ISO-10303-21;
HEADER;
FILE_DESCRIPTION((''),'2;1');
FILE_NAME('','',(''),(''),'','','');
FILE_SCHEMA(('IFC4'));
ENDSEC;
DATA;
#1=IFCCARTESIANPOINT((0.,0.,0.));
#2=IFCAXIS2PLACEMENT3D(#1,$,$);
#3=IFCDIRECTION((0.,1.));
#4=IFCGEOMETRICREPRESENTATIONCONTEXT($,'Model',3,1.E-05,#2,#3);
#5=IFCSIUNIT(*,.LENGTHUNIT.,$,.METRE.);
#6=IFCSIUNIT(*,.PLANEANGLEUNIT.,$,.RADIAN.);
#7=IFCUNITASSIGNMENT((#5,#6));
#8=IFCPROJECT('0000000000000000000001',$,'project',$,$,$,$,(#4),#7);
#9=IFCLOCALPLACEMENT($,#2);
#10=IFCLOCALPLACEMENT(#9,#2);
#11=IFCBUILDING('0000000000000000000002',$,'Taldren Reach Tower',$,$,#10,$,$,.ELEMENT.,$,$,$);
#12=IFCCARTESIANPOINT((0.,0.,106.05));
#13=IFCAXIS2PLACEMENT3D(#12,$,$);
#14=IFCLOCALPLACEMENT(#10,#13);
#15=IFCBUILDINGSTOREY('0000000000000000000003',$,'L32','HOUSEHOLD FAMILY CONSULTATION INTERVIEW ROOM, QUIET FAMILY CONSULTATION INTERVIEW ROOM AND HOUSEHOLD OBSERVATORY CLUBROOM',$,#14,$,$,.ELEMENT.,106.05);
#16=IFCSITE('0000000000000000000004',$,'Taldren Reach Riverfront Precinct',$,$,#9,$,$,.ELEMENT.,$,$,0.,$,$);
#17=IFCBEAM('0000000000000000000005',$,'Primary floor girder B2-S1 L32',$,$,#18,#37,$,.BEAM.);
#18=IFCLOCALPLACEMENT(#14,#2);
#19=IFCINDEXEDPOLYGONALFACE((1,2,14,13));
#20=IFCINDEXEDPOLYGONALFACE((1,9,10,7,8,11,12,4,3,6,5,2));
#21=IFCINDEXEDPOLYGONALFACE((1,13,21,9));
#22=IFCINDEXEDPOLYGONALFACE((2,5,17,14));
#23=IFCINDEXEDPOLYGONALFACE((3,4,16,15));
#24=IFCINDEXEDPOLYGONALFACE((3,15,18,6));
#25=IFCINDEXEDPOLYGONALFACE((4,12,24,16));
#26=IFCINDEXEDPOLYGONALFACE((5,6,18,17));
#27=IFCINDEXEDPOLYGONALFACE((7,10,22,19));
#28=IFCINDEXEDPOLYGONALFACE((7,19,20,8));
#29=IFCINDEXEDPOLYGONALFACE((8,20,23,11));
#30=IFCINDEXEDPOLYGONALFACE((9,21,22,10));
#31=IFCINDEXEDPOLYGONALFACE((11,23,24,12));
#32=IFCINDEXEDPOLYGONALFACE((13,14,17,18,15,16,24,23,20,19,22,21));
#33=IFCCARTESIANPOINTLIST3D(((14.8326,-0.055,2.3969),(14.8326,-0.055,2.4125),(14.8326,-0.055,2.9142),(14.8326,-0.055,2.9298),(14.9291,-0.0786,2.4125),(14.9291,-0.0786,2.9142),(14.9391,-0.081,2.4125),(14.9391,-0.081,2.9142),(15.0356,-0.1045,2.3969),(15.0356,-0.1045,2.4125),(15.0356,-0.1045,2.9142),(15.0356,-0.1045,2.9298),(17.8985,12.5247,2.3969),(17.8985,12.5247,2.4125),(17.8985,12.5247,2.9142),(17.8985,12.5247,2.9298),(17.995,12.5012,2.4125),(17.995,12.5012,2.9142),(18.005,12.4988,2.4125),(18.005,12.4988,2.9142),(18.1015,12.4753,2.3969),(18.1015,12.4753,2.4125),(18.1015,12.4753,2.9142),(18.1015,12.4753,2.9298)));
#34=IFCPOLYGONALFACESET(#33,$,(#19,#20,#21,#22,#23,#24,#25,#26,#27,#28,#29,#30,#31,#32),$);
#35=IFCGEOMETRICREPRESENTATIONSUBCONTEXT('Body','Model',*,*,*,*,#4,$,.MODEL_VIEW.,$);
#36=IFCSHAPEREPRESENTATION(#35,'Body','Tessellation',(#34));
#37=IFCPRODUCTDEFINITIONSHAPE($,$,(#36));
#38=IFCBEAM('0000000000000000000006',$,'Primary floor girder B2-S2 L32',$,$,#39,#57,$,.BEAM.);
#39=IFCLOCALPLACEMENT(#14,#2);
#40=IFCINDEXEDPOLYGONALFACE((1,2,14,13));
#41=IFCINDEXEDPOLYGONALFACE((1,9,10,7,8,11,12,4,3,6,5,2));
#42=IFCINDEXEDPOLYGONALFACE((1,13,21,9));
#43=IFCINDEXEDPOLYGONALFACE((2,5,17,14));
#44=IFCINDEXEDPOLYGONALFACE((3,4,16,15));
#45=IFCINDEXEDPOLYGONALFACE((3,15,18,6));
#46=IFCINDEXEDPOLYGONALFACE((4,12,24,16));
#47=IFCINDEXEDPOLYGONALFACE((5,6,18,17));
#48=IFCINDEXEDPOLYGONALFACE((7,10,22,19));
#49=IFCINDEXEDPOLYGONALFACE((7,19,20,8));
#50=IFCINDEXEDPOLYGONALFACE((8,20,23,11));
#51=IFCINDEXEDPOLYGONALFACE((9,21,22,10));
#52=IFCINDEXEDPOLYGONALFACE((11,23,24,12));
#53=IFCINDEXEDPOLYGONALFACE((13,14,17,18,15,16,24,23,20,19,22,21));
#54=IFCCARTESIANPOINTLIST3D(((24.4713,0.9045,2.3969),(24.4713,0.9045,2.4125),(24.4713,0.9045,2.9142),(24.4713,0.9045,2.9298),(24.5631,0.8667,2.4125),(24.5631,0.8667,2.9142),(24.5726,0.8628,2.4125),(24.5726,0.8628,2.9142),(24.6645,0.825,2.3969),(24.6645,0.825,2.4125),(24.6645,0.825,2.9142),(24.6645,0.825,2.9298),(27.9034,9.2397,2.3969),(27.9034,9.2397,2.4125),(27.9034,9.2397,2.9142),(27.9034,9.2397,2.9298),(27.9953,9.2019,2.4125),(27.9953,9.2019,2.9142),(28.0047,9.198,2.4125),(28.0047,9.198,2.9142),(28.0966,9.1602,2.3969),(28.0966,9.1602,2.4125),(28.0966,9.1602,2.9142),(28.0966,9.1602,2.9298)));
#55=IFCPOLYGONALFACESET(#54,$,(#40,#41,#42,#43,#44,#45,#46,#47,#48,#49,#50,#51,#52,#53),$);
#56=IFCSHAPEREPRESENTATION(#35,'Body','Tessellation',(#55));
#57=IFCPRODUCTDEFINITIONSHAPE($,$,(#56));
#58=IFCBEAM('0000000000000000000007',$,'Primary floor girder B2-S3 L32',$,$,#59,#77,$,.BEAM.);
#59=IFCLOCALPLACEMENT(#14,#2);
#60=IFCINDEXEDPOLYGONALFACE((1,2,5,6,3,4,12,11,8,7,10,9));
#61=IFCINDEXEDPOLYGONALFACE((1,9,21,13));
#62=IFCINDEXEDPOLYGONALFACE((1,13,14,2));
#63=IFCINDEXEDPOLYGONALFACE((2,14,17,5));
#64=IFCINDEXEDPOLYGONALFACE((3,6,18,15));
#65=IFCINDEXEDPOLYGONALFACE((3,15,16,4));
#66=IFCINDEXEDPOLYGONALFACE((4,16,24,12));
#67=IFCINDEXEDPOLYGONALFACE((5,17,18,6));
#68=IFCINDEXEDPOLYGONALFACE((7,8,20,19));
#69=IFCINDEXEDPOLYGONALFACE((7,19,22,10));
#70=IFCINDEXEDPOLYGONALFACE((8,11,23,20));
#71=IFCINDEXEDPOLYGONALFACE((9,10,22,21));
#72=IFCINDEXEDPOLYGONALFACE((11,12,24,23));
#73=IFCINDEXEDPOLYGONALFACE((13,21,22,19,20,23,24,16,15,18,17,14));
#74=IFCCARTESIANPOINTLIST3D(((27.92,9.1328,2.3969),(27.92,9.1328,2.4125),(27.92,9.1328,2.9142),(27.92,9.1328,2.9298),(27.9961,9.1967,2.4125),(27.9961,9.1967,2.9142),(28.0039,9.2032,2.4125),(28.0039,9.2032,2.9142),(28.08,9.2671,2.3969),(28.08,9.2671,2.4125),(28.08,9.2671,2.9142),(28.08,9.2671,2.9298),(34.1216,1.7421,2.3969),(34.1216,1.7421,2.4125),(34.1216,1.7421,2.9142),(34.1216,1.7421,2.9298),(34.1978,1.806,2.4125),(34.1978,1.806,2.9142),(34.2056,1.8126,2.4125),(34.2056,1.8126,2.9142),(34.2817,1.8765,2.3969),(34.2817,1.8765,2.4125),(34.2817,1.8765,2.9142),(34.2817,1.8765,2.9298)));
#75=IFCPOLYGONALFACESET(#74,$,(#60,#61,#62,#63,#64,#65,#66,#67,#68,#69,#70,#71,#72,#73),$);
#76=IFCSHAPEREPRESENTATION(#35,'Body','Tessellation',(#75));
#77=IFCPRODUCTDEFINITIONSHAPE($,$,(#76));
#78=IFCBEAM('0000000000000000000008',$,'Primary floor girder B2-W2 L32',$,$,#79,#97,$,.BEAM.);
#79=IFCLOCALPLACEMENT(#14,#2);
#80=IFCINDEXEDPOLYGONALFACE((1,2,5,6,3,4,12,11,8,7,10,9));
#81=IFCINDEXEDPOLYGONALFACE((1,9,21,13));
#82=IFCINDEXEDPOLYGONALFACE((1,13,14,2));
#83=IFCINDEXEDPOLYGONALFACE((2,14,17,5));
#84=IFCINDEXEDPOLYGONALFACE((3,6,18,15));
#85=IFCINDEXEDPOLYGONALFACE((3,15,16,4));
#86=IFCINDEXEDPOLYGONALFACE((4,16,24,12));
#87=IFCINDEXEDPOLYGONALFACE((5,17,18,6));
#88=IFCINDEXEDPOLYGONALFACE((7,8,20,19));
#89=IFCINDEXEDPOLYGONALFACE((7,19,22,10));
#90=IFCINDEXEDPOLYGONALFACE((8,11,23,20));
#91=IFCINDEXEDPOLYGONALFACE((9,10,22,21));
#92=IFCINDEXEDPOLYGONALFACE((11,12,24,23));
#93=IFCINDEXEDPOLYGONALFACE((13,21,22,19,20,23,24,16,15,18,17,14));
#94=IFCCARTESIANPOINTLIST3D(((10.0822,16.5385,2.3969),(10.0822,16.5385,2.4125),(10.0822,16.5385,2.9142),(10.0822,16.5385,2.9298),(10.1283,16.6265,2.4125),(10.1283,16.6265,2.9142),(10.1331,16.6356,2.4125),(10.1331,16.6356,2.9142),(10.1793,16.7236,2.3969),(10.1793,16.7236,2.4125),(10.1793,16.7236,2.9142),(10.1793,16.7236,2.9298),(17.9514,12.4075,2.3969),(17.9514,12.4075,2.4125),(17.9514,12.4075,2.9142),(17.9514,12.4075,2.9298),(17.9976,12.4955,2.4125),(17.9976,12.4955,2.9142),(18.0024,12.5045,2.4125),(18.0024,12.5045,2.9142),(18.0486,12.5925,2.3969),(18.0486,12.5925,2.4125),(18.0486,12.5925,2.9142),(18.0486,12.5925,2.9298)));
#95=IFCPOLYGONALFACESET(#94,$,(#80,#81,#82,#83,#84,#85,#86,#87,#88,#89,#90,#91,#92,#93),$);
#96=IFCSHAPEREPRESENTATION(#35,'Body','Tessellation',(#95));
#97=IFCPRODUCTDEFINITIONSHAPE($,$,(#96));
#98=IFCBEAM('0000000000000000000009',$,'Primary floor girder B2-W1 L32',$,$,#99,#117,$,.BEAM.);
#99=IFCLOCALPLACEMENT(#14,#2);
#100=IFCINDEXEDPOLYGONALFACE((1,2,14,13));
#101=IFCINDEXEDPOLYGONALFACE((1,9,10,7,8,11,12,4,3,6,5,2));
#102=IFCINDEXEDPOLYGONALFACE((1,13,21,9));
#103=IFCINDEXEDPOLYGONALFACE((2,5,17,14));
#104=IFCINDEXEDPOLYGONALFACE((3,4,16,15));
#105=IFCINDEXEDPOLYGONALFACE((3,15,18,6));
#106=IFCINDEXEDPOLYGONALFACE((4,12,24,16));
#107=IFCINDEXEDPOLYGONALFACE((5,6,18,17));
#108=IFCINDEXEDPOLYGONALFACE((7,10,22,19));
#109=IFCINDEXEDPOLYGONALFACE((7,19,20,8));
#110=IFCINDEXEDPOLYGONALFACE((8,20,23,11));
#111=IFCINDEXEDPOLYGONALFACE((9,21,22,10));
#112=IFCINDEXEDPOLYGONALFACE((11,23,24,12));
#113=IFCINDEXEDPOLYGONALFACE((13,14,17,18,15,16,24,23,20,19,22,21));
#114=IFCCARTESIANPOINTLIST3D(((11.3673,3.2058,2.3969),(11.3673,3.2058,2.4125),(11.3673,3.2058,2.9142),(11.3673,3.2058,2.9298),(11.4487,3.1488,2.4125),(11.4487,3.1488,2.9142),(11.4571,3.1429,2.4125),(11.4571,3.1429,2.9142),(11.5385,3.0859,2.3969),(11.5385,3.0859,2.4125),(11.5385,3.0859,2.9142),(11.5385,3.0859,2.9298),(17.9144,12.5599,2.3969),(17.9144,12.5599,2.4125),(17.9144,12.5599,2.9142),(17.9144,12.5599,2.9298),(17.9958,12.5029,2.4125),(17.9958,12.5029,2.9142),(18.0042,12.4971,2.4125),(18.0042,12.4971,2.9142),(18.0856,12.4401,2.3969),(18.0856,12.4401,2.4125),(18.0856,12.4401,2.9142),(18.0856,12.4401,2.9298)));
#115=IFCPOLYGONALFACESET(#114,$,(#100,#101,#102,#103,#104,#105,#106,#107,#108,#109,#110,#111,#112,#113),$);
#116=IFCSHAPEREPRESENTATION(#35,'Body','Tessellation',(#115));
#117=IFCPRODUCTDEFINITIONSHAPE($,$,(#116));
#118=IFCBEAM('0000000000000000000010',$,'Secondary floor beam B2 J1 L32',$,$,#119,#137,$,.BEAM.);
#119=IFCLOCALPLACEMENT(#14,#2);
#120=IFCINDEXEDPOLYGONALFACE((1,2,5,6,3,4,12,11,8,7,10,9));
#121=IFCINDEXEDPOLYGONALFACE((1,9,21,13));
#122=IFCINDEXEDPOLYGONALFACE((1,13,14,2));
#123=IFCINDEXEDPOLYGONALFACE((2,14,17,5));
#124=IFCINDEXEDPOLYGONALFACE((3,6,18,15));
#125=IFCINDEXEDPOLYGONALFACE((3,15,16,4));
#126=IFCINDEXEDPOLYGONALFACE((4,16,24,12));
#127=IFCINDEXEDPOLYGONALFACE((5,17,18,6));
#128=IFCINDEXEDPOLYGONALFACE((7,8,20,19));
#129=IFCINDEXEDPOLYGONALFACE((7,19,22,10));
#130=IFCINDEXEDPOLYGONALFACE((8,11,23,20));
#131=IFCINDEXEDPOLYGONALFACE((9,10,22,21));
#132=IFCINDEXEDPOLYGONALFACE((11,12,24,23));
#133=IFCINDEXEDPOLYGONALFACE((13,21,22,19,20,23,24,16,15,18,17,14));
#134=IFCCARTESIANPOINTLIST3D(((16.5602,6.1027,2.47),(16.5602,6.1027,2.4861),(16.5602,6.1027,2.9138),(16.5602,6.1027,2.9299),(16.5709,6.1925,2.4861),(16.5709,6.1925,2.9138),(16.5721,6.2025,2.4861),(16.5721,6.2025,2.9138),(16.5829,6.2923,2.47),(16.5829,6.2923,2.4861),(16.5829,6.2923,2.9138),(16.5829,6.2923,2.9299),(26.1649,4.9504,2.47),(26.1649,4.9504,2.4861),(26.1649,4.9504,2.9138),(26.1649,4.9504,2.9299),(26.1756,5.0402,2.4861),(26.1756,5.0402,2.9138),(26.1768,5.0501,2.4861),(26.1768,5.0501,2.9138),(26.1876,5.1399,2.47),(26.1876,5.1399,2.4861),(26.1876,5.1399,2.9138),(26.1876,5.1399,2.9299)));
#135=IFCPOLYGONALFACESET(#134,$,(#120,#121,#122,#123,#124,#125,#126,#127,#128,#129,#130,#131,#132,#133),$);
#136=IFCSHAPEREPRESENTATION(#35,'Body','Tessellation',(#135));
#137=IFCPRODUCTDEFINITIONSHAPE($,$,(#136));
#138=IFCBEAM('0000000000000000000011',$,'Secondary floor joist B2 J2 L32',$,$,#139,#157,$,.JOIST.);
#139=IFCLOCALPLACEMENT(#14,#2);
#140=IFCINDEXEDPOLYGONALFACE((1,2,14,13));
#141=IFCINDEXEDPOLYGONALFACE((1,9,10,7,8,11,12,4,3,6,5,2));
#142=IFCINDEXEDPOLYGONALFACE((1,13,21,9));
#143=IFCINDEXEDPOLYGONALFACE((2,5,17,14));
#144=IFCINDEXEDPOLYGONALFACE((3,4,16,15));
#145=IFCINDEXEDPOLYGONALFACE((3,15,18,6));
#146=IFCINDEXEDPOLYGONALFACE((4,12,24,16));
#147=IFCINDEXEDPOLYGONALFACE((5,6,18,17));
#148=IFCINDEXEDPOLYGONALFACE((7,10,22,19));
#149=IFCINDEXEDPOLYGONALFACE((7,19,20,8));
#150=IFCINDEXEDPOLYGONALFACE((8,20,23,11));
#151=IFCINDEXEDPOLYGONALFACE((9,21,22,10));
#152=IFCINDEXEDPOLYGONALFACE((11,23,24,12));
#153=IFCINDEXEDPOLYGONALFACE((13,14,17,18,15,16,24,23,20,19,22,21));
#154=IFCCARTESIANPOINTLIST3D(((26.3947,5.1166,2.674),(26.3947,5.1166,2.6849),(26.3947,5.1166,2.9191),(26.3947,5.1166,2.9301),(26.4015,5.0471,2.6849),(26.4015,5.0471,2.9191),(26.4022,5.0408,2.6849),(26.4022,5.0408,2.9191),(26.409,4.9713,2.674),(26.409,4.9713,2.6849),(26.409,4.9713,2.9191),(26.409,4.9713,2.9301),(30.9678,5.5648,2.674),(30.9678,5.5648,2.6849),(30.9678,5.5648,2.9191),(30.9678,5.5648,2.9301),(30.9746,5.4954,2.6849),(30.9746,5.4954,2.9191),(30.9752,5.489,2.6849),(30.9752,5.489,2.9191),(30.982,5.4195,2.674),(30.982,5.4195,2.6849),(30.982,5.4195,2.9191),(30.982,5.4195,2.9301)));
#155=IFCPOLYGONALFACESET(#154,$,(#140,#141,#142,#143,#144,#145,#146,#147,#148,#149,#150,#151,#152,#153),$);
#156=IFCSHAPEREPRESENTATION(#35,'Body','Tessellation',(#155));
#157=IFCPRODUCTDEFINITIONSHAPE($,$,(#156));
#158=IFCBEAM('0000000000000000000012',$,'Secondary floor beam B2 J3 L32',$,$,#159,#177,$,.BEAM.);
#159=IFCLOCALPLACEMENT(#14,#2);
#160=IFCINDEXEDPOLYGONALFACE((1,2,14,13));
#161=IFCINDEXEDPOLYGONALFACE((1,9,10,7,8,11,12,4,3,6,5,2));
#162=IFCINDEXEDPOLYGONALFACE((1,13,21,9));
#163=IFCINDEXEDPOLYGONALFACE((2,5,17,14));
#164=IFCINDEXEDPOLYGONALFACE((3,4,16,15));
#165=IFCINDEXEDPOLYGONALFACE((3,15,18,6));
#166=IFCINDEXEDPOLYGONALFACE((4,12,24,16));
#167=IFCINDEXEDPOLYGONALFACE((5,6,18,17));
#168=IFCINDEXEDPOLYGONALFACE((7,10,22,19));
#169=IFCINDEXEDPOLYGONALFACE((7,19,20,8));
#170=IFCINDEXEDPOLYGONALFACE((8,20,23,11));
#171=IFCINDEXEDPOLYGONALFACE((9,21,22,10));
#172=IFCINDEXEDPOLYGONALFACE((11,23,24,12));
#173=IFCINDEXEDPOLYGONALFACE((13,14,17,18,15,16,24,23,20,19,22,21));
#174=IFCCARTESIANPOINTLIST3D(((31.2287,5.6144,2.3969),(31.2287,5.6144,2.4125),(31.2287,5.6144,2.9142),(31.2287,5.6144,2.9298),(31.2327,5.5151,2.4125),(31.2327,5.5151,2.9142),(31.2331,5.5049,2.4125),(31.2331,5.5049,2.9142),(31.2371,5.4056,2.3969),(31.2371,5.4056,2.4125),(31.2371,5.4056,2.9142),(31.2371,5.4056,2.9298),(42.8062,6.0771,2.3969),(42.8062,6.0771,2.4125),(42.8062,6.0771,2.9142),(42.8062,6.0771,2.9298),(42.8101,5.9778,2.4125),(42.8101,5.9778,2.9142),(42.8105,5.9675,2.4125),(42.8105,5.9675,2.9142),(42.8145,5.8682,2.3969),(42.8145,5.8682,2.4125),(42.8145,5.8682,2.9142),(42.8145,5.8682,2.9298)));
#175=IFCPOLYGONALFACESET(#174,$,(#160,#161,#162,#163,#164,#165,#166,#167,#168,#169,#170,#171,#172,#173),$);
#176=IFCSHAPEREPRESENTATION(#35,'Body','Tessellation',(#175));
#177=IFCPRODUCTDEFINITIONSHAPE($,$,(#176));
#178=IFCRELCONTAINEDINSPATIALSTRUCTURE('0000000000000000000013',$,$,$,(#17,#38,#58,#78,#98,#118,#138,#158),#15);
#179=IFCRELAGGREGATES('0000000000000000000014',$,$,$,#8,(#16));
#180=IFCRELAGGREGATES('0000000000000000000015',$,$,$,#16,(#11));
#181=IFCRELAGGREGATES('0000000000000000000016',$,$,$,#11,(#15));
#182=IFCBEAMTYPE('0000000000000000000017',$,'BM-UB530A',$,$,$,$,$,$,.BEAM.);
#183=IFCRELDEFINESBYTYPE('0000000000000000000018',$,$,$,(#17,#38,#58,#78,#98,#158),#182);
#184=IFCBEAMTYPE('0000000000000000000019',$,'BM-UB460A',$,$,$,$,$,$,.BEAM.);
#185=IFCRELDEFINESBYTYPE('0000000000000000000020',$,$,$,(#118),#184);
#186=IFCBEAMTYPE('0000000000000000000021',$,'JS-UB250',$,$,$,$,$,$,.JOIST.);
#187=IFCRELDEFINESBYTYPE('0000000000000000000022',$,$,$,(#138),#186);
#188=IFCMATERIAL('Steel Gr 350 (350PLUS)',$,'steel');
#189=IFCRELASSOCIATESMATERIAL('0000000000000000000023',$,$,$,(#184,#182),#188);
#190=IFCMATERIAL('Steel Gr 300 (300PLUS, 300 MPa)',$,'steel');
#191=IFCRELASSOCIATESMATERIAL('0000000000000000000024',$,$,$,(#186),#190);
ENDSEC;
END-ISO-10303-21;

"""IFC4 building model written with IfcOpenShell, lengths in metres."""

from ifc_helpers import new_model, si_unit, direction, frame, origin, origin_2d, place, context, subcontext, project, spatial, i_section, extrude, source, transform, mapped, material, material_profile, profile_set, type_object, element, save


model = new_model("IFC4")

# Units and contexts
model_context = context("Model", 3, precision=1e-05, world=origin(), true_north=direction((0.0, 1.0)))
body_context = subcontext(model_context, "Body", "Model", "MODEL_VIEW")
ifc_project = project(units=[si_unit("LENGTHUNIT", "METRE"), si_unit("PLANEANGLEUNIT", "RADIAN")], contexts=[model_context])

# Site, building, storey
site_placement = place(None, origin())
site = spatial("IfcSite", under=ifc_project, at=site_placement, Name="Taldren Reach Riverfront Precinct", CompositionType="ELEMENT", RefElevation=0.0)
building_placement = place(site_placement, origin())
building = spatial("IfcBuilding", under=site, at=building_placement, Name="Taldren Reach Tower", CompositionType="ELEMENT")
storey_placement = place(building_placement, frame((0.0, 0.0, 106.05)))
storey = spatial("IfcBuildingStorey", under=building, at=storey_placement, Name="L32", Description="HOUSEHOLD FAMILY CONSULTATION INTERVIEW ROOM, QUIET FAMILY CONSULTATION INTERVIEW ROOM AND HOUSEHOLD OBSERVATORY CLUBROOM", CompositionType="ELEMENT", Elevation=106.05)

# Shared definitions
ifc_material_1 = material(Name="Steel Gr 350 (350PLUS)", Category="steel")

# Beams
ifc_material_profile_1 = material_profile(ifc_material_1, i_section(OverallWidth=0.1909, OverallDepth=0.46, WebThickness=0.01, FlangeThickness=0.0161, at=origin_2d()), Name="460UB82.1")
ifc_profile_set_1 = profile_set([ifc_material_profile_1], Name="Steel Gr 350 (350PLUS)")
beam_type_1 = type_object("IfcBeamType", Name="BM-UB460A", PredefinedType="BEAM", material=ifc_profile_set_1)
ifc_material_profile_2 = material_profile(ifc_material_1, i_section(OverallWidth=0.209, OverallDepth=0.533, WebThickness=0.0103, FlangeThickness=0.0156, at=origin_2d()), Name="530UB92.4")
ifc_profile_set_2 = profile_set([ifc_material_profile_2], Name="Steel Gr 350 (350PLUS)")
beam_type_2 = type_object("IfcBeamType", Name="BM-UB530A", PredefinedType="BEAM", material=ifc_profile_set_2)
shared_shape_1 = source(origin(), body_context, "Body", "SweptSolid", [
    extrude(i_section(OverallWidth=0.209, OverallDepth=0.533, WebThickness=0.0103, FlangeThickness=0.0156, at=origin_2d()), origin(), (0.0, 0.0, 1.0), 12.948),
])
beam_1_placement = place(storey_placement, frame((18.0, 12.5, 2.6633), z_axis=(-0.236786, -0.971562, 0.0), x_axis=(0.971562, -0.236786, 0.0)))
element("IfcBeam", 1, at=beam_1_placement, inside=storey, type_object=beam_type_2, Name="Primary floor girder B2-S1 L32", PredefinedType="BEAM", context=body_context, shape_type="MappedRepresentation", body=[
    mapped(shared_shape_1, transform((0.0, 0.0, 0.0), scale=1.0)),
])
shared_shape_2 = source(origin(), body_context, "Body", "SweptSolid", [
    extrude(i_section(OverallWidth=0.209, OverallDepth=0.533, WebThickness=0.0103, FlangeThickness=0.0156, at=origin_2d()), origin(), (0.0, 0.0, 1.0), 9.0142),
])
beam_2_placement = place(storey_placement, frame((28.0, 9.2, 2.6633), z_axis=(-0.380748, -0.924679, 0.0), x_axis=(0.924679, -0.380748, 0.0)))
element("IfcBeam", 2, at=beam_2_placement, inside=storey, type_object=beam_type_2, Name="Primary floor girder B2-S2 L32", PredefinedType="BEAM", context=body_context, shape_type="MappedRepresentation", body=[
    mapped(shared_shape_2, transform((0.0, 0.0, 0.0), scale=1.0)),
])
shared_shape_3 = source(origin(), body_context, "Body", "SweptSolid", [
    extrude(i_section(OverallWidth=0.209, OverallDepth=0.533, WebThickness=0.0103, FlangeThickness=0.0156, at=origin_2d()), origin(), (0.0, 0.0, 1.0), 9.6479),
])
beam_3_placement = place(storey_placement, frame((28.0, 9.2, 2.6633), z_axis=(0.642799, -0.766035, 0.0), x_axis=(0.766035, 0.642799, 0.0)))
element("IfcBeam", 3, at=beam_3_placement, inside=storey, type_object=beam_type_2, Name="Primary floor girder B2-S3 L32", PredefinedType="BEAM", context=body_context, shape_type="MappedRepresentation", body=[
    mapped(shared_shape_3, transform((0.0, 0.0, 0.0), scale=1.0)),
])
shared_shape_4 = source(origin(), body_context, "Body", "SweptSolid", [
    extrude(i_section(OverallWidth=0.209, OverallDepth=0.533, WebThickness=0.0103, FlangeThickness=0.0156, at=origin_2d()), origin(), (0.0, 0.0, 1.0), 8.8877),
])
beam_4_placement = place(storey_placement, frame((18.0, 12.5, 2.6633), z_axis=(-0.885413, 0.464805, 0.0), x_axis=(-0.464805, -0.885413, 0.0)))
element("IfcBeam", 4, at=beam_4_placement, inside=storey, type_object=beam_type_2, Name="Primary floor girder B2-W2 L32", PredefinedType="BEAM", context=body_context, shape_type="MappedRepresentation", body=[
    mapped(shared_shape_4, transform((0.0, 0.0, 0.0), scale=1.0)),
])
shared_shape_5 = source(origin(), body_context, "Body", "SweptSolid", [
    extrude(i_section(OverallWidth=0.209, OverallDepth=0.533, WebThickness=0.0103, FlangeThickness=0.0156, at=origin_2d()), origin(), (0.0, 0.0, 1.0), 11.4177),
])
beam_5_placement = place(storey_placement, frame((18.0, 12.5, 2.6633), z_axis=(-0.573412, -0.819267, 0.0), x_axis=(0.819267, -0.573412, 0.0)))
element("IfcBeam", 5, at=beam_5_placement, inside=storey, type_object=beam_type_2, Name="Primary floor girder B2-W1 L32", PredefinedType="BEAM", context=body_context, shape_type="MappedRepresentation", body=[
    mapped(shared_shape_5, transform((0.0, 0.0, 0.0), scale=1.0)),
])
shared_shape_6 = source(origin(), body_context, "Body", "SweptSolid", [
    extrude(i_section(OverallWidth=0.1909, OverallDepth=0.46, WebThickness=0.01, FlangeThickness=0.0161, at=origin_2d()), origin(), (0.0, 0.0, 1.0), 9.6736),
])
beam_6_placement = place(storey_placement, frame((16.5715, 6.1975, 2.7), z_axis=(0.99288, -0.119122, 0.0), x_axis=(0.119122, 0.99288, 0.0)))
element("IfcBeam", 6, at=beam_6_placement, inside=storey, type_object=beam_type_1, Name="Secondary floor beam B2 J1 L32", PredefinedType="BEAM", context=body_context, shape_type="MappedRepresentation", body=[
    mapped(shared_shape_6, transform((0.0, 0.0, 0.0), scale=1.0)),
])
ifc_material_2 = material(Name="Steel Gr 300 (300PLUS, 300 MPa)", Category="steel")
ifc_material_profile_3 = material_profile(ifc_material_2, i_section(OverallWidth=0.146, OverallDepth=0.2561, WebThickness=0.0063, FlangeThickness=0.011, at=origin_2d()), Name="250UB37.3")
ifc_profile_set_3 = profile_set([ifc_material_profile_3], Name="Steel Gr 300 (300PLUS, 300 MPa)")
beam_type_3 = type_object("IfcBeamType", Name="JS-UB250", PredefinedType="JOIST", material=ifc_profile_set_3)
shared_shape_7 = source(origin(), body_context, "Body", "SweptSolid", [
    extrude(i_section(OverallWidth=0.146, OverallDepth=0.2561, WebThickness=0.0063, FlangeThickness=0.011, at=origin_2d()), origin(), (0.0, 0.0, 1.0), 4.595),
])
beam_7_placement = place(storey_placement, frame((26.4019, 5.0439, 2.802), z_axis=(0.99523, 0.097552, 0.0), x_axis=(-0.097552, 0.99523, 0.0)))
element("IfcBeam", 7, at=beam_7_placement, inside=storey, type_object=beam_type_3, Name="Secondary floor joist B2 J2 L32", PredefinedType="JOIST", context=body_context, shape_type="MappedRepresentation", body=[
    mapped(shared_shape_7, transform((0.0, 0.0, 0.0), scale=1.0)),
])
shared_shape_8 = source(origin(), body_context, "Body", "SweptSolid", [
    extrude(i_section(OverallWidth=0.209, OverallDepth=0.533, WebThickness=0.0103, FlangeThickness=0.0156, at=origin_2d()), origin(), (0.0, 0.0, 1.0), 11.5867),
])
beam_8_placement = place(storey_placement, frame((31.2329, 5.51, 2.6633), z_axis=(0.999203, 0.039929, 0.0), x_axis=(-0.039929, 0.999203, 0.0)))
element("IfcBeam", 8, at=beam_8_placement, inside=storey, type_object=beam_type_2, Name="Secondary floor beam B2 J3 L32", PredefinedType="BEAM", context=body_context, shape_type="MappedRepresentation", body=[
    mapped(shared_shape_8, transform((0.0, 0.0, 0.0), scale=1.0)),
])

save(model, "model.ifc")
